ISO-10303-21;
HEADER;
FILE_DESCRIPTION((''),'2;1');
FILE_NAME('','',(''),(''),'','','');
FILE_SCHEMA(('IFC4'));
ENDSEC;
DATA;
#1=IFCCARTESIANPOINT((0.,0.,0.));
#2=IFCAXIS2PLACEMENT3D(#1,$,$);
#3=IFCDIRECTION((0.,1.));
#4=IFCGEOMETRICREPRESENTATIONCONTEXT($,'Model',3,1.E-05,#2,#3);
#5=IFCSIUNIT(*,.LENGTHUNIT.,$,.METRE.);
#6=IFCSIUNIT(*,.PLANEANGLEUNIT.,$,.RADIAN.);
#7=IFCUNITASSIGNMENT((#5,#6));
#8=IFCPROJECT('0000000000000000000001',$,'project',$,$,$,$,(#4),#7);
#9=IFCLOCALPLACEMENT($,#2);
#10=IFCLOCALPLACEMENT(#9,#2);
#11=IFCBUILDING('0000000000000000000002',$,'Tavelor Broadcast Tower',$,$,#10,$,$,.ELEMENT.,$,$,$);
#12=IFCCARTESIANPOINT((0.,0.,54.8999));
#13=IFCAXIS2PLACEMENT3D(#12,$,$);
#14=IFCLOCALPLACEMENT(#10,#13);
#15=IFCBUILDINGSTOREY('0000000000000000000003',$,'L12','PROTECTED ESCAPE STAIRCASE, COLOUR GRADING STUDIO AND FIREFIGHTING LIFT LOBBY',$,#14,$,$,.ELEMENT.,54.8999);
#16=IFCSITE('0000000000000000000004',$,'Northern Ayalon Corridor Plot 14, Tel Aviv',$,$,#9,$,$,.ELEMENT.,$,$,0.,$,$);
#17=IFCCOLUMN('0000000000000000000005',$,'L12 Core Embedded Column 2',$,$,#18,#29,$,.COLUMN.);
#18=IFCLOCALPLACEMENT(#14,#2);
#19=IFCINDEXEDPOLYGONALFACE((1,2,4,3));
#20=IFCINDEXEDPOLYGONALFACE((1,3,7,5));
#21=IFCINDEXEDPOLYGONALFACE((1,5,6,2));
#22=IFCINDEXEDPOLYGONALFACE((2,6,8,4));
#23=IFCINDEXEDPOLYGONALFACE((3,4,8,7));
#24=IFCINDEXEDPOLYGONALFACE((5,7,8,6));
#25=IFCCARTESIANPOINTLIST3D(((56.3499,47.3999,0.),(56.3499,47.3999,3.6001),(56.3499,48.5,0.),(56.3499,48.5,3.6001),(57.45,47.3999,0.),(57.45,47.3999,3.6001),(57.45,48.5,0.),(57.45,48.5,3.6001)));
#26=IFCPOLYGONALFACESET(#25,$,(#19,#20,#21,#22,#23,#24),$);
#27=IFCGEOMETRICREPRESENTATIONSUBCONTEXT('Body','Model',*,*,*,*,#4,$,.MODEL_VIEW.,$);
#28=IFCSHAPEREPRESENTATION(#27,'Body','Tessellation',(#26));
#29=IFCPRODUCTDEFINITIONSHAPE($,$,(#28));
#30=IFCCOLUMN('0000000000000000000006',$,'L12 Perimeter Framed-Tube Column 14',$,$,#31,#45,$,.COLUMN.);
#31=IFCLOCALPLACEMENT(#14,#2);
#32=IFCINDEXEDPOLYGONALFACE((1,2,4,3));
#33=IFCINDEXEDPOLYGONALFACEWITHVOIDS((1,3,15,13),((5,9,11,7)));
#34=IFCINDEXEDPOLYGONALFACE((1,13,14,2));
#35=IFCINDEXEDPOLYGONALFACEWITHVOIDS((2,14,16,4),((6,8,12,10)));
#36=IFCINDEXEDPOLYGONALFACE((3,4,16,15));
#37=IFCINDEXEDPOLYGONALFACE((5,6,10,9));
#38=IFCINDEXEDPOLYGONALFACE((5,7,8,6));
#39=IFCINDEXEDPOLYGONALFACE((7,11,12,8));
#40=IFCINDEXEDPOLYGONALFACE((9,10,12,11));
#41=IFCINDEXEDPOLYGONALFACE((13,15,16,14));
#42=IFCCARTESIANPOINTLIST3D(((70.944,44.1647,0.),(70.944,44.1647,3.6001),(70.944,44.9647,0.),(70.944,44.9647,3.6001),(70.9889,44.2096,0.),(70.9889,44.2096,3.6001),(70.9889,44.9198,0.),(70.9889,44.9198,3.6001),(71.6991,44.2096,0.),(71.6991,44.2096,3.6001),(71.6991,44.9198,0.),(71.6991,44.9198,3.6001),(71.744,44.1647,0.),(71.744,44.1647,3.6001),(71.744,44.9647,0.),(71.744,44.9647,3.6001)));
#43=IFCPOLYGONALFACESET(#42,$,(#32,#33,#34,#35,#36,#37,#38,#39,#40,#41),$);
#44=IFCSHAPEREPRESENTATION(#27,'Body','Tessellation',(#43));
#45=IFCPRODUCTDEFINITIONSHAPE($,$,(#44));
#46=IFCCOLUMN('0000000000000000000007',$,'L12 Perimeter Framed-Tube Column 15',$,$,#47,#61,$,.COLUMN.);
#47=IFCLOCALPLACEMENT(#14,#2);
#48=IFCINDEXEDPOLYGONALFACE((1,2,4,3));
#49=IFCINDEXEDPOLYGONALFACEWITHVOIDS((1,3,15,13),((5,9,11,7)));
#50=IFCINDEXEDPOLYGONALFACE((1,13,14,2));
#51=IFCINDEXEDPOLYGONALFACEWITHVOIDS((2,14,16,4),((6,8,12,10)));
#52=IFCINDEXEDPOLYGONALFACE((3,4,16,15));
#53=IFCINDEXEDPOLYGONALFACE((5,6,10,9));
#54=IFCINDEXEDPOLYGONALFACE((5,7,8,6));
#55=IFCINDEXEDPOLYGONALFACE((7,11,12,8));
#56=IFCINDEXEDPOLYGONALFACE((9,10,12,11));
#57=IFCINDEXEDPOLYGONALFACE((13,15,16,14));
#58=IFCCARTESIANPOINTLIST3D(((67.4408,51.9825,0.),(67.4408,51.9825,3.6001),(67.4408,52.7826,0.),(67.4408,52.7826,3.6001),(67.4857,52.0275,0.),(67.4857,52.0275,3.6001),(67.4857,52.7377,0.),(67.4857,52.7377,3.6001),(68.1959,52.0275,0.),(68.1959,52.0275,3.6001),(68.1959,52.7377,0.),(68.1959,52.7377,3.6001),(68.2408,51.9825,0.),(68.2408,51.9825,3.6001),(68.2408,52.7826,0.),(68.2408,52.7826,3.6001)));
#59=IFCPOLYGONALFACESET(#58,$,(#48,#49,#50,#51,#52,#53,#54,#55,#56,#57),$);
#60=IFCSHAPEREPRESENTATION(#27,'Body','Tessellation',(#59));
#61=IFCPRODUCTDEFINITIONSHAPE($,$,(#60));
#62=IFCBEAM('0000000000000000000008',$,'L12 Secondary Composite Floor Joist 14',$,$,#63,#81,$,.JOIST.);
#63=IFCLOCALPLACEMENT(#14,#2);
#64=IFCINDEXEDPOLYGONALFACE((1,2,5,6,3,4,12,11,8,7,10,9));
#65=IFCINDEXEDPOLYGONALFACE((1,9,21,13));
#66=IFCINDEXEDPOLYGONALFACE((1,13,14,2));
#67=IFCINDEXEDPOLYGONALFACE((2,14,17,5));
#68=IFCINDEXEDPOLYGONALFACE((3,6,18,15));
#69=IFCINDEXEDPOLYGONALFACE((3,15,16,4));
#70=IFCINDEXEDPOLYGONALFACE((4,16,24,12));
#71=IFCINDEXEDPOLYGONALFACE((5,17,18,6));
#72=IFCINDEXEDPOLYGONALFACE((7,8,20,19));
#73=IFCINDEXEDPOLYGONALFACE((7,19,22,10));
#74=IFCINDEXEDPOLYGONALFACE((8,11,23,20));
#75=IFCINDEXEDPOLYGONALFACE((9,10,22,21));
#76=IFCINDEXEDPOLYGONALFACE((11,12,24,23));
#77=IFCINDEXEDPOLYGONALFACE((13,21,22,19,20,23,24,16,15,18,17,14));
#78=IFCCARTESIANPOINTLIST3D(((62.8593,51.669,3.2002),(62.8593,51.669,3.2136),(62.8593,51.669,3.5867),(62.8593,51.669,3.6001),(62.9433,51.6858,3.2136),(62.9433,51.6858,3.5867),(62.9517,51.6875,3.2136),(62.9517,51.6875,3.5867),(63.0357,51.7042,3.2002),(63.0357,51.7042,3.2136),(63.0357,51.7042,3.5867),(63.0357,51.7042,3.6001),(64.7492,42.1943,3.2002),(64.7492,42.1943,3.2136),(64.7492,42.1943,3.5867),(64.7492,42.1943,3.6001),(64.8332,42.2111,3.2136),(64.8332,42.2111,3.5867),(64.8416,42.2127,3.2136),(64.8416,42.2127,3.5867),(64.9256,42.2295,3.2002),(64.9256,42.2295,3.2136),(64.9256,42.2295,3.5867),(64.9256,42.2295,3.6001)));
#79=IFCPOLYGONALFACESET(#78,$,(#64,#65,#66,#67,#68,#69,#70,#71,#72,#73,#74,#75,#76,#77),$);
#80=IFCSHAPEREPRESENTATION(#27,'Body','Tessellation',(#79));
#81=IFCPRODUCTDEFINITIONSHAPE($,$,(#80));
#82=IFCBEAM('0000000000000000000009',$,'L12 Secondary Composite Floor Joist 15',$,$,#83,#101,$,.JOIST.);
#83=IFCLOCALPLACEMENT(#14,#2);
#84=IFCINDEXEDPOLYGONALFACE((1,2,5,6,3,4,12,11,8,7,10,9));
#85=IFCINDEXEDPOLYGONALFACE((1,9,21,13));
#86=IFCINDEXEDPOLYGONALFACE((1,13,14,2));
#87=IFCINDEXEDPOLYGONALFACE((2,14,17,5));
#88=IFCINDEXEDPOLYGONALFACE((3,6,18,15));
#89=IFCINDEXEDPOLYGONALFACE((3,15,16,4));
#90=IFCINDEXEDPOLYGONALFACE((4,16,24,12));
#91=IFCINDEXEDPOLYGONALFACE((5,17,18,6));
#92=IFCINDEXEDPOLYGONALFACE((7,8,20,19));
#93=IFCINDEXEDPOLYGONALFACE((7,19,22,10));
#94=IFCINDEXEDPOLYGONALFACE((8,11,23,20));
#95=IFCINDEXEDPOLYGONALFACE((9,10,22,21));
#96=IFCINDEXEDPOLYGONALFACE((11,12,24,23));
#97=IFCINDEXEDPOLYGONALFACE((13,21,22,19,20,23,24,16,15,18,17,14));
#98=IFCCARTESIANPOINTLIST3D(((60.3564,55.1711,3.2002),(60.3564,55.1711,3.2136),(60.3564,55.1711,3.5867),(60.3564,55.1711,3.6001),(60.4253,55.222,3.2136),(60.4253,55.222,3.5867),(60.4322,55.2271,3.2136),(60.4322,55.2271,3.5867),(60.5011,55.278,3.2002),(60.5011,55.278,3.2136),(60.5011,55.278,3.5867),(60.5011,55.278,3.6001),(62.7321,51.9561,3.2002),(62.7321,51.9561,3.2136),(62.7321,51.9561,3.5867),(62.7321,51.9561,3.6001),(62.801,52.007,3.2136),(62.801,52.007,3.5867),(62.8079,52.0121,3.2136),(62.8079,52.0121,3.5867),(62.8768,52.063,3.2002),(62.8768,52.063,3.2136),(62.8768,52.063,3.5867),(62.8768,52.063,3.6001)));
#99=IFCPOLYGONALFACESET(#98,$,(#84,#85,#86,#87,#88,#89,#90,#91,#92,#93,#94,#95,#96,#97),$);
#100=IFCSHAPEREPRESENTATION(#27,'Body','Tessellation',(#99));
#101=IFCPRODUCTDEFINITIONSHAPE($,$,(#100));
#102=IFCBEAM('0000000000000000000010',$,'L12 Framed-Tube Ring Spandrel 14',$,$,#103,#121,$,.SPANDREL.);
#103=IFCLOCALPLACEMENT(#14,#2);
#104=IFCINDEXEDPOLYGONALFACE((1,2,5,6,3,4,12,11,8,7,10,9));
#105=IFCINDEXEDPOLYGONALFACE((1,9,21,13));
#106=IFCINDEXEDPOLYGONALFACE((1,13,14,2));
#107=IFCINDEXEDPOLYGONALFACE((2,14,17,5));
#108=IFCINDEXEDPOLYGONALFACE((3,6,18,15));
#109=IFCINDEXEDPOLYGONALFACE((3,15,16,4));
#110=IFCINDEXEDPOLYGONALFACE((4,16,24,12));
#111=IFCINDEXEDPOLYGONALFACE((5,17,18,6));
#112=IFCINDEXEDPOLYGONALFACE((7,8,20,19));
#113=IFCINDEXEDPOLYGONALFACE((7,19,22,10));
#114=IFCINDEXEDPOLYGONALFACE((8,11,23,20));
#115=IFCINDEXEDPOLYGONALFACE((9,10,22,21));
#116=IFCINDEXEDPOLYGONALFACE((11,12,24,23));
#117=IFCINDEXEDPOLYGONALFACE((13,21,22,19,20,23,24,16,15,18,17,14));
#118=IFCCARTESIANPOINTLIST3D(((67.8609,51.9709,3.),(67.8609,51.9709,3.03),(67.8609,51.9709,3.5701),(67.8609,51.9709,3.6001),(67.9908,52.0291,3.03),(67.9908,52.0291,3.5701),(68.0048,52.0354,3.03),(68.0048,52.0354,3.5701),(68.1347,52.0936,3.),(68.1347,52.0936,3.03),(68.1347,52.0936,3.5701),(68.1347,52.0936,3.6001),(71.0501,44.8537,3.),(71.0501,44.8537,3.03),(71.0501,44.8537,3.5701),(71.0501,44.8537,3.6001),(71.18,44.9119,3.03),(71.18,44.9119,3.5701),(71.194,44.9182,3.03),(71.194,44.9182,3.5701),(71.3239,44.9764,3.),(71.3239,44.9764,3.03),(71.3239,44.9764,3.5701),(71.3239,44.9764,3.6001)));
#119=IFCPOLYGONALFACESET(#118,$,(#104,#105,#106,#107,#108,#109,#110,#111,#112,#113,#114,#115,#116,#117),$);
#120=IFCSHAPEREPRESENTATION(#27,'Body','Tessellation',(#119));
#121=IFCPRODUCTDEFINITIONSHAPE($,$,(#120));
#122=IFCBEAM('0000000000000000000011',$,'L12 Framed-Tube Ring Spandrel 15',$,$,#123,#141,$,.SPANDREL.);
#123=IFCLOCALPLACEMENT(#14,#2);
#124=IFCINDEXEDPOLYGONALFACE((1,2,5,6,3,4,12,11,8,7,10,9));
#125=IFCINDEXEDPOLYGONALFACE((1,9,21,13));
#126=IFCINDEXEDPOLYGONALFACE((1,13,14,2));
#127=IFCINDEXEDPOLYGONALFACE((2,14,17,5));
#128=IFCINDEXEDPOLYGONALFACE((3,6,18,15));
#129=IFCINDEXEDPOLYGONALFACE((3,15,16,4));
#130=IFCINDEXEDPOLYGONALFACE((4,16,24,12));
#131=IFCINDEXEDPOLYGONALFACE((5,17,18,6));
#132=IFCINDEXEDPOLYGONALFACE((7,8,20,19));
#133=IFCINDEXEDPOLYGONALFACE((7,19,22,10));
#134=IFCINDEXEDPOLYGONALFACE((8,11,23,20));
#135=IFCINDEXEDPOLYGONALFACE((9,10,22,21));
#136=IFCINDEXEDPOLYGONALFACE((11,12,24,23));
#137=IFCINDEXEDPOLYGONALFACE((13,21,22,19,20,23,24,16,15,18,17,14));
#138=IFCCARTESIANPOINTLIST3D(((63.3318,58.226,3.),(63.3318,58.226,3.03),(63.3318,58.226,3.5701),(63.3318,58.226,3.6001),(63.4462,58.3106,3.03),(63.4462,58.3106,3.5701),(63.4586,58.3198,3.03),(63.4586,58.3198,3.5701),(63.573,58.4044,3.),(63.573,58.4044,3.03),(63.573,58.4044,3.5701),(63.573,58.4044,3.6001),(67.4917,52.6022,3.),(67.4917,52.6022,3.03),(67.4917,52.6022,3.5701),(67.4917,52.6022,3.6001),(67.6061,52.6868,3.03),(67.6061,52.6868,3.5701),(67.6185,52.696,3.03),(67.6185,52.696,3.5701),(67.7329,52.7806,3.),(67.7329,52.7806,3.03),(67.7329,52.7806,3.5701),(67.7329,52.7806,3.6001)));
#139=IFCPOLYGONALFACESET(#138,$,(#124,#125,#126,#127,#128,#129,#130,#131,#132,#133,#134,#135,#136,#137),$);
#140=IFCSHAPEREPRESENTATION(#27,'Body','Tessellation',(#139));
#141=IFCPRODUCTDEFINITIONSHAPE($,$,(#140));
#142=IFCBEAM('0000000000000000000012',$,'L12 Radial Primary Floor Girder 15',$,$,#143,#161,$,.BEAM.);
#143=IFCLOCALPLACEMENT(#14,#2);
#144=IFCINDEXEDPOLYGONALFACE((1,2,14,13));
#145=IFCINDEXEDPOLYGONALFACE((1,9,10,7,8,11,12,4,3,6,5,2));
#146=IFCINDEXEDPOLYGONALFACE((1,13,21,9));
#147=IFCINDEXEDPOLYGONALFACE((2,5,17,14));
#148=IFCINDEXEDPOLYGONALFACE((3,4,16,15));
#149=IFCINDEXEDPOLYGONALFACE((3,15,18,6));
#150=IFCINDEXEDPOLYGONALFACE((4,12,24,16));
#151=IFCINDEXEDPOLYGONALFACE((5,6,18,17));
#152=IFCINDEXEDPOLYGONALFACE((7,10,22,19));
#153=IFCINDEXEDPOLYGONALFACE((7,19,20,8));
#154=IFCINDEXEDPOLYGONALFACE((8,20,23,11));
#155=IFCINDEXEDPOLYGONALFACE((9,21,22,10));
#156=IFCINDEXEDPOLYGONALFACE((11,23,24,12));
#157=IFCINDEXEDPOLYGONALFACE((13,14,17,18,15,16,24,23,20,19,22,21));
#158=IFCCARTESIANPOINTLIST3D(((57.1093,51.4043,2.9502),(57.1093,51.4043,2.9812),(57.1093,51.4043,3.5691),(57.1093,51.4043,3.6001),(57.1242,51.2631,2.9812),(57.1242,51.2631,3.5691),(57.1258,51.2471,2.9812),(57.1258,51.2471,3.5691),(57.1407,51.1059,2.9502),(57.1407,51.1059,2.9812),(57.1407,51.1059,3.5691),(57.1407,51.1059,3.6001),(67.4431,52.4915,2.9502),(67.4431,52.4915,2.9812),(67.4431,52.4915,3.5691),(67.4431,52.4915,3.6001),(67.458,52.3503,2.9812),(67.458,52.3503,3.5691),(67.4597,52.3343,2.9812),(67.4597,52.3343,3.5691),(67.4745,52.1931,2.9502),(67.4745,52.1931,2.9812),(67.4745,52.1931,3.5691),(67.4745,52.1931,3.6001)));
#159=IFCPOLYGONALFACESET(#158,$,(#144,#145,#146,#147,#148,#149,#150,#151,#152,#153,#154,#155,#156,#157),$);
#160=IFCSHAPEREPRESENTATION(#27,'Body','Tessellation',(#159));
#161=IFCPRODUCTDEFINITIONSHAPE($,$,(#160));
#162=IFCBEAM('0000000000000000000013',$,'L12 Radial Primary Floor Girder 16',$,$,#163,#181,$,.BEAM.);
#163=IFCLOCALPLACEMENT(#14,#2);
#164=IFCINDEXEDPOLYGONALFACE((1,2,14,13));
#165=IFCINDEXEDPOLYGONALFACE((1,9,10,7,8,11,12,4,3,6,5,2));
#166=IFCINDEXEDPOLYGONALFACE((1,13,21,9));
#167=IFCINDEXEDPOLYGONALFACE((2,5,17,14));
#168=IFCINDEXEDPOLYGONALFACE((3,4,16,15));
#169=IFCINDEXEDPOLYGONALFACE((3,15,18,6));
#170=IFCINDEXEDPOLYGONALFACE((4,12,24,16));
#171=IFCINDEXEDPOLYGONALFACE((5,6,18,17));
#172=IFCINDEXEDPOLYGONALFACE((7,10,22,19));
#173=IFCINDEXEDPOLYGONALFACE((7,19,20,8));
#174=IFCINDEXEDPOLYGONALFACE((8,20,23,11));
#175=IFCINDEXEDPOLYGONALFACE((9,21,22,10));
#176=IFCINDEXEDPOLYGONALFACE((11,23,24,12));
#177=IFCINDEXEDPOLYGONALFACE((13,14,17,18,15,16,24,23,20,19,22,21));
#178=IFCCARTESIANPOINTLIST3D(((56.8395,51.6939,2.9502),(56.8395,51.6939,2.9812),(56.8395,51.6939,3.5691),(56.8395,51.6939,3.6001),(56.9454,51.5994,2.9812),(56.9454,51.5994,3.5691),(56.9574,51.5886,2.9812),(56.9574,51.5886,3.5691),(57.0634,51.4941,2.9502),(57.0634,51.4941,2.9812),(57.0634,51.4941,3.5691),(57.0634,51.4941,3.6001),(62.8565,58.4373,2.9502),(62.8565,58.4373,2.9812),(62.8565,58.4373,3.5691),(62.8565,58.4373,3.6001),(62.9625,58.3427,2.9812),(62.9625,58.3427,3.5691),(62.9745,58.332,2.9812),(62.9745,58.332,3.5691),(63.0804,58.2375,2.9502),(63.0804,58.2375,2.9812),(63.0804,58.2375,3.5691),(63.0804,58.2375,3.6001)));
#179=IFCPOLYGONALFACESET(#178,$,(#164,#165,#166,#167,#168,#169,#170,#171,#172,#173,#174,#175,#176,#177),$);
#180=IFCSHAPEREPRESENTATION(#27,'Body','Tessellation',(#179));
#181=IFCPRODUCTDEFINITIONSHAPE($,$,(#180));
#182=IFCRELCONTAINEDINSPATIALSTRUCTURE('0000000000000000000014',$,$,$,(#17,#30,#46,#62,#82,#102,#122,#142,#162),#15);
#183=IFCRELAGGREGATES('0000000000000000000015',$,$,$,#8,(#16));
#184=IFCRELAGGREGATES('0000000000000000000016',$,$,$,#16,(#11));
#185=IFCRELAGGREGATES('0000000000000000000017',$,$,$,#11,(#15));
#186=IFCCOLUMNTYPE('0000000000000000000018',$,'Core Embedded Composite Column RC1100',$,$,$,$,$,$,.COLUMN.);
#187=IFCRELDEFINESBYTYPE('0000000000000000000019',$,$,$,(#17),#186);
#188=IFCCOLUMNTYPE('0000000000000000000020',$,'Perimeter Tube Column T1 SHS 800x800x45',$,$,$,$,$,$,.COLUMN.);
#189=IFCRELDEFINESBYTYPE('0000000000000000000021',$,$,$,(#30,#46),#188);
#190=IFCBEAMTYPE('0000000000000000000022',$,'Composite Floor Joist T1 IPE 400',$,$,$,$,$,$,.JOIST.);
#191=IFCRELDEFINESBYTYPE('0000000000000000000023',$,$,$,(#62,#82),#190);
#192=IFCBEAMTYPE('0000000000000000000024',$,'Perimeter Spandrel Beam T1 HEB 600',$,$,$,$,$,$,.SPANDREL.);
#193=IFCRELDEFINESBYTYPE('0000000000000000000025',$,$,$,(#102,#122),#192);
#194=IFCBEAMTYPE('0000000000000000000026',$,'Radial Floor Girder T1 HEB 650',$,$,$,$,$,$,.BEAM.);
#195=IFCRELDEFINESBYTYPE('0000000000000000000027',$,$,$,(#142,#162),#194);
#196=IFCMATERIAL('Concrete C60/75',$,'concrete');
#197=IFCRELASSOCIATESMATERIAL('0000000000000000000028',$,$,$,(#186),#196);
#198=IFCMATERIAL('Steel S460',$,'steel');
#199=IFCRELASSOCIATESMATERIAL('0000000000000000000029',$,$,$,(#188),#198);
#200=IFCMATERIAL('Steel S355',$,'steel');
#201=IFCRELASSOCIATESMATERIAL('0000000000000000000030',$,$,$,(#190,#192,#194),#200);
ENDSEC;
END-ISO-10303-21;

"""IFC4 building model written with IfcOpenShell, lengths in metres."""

from ifc_helpers import new_model, si_unit, direction, frame, origin, origin_2d, place, context, subcontext, project, spatial, rectangle, hollow_rectangle, i_section, extrude, material, material_profile, profile_set, type_object, element, save


model = new_model("IFC4")

# Units and contexts
model_context = context("Model", 3, precision=1e-05, world=origin(), true_north=direction((0.0, 1.0)))
body_context = subcontext(model_context, "Body", "Model", "MODEL_VIEW")
ifc_project = project(units=[si_unit("LENGTHUNIT", "METRE"), si_unit("PLANEANGLEUNIT", "RADIAN")], contexts=[model_context])

# Site, building, storey
site_placement = place(None, origin())
site = spatial("IfcSite", under=ifc_project, at=site_placement, Name="Northern Ayalon Corridor Plot 14, Tel Aviv", CompositionType="ELEMENT", RefElevation=0.0)
building_placement = place(site_placement, origin())
building = spatial("IfcBuilding", under=site, at=building_placement, Name="Tavelor Broadcast Tower", CompositionType="ELEMENT")
storey_placement = place(building_placement, frame((0.0, 0.0, 54.8999)))
storey = spatial("IfcBuildingStorey", under=building, at=storey_placement, Name="L12", Description="PROTECTED ESCAPE STAIRCASE, COLOUR GRADING STUDIO AND FIREFIGHTING LIFT LOBBY", CompositionType="ELEMENT", Elevation=54.8999)

# Columns
ifc_material_1 = material(Name="Concrete C60/75", Category="concrete")
ifc_material_profile_1 = material_profile(ifc_material_1, rectangle(XDim=1.1001, YDim=1.1001, at=origin_2d()), Name="RC 1100x1100")
ifc_profile_set_1 = profile_set([ifc_material_profile_1], Name="Concrete C60/75")
column_type_1 = type_object("IfcColumnType", Name="Core Embedded Composite Column RC1100", PredefinedType="COLUMN", material=ifc_profile_set_1)
column_placement = place(storey_placement, frame((56.8999, 47.95, 0.0), z_axis=(0.0, 0.0, 1.0), x_axis=(1.0, 0.0, 0.0)))
element("IfcColumn", 1, at=column_placement, inside=storey, type_object=column_type_1, Name="L12 Core Embedded Column 2", PredefinedType="COLUMN", context=body_context, shape_type="SweptSolid", body=[
    extrude(rectangle(XDim=1.1001, YDim=1.1001, at=origin_2d()), origin(), (0.0, 0.0, 1.0), 3.6001),
])
ifc_material_2 = material(Name="Steel S460", Category="steel")
ifc_material_profile_2 = material_profile(ifc_material_2, hollow_rectangle(XDim=0.8, YDim=0.8, WallThickness=0.0449, at=origin_2d()), Name="SHS 800x800x45")
ifc_profile_set_2 = profile_set([ifc_material_profile_2], Name="Steel S460")
column_type_2 = type_object("IfcColumnType", Name="Perimeter Tube Column T1 SHS 800x800x45", PredefinedType="COLUMN", material=ifc_profile_set_2)
for number, where, z_axis, x_axis, name in (
    (2, (71.344, 44.5647, 0.0), (0.0, 0.0, 1.0), (1.0, 0.0, 0.0), "L12 Perimeter Framed-Tube Column 14"),
    (3, (67.8408, 52.3826, 0.0), (0.0, 0.0, 1.0), (1.0, 0.0, 0.0), "L12 Perimeter Framed-Tube Column 15"),
):
    element("IfcColumn", number, at=place(storey_placement, frame(where, z_axis=z_axis, x_axis=x_axis)), inside=storey, type_object=column_type_2, Name=name, PredefinedType="COLUMN", context=body_context, shape_type="SweptSolid", body=[
        extrude(hollow_rectangle(XDim=0.8, YDim=0.8, WallThickness=0.0449, at=origin_2d()), origin(), (0.0, 0.0, 1.0), 3.6001),
    ])

# Beams
ifc_material_3 = material(Name="Steel S355", Category="steel")
ifc_material_profile_3 = material_profile(ifc_material_3, i_section(OverallWidth=0.1799, OverallDepth=0.3999, WebThickness=0.0085, FlangeThickness=0.0134, at=origin_2d()), Name="IPE 400")
ifc_profile_set_3 = profile_set([ifc_material_profile_3], Name="Steel S355")
beam_type_1 = type_object("IfcBeamType", Name="Composite Floor Joist T1 IPE 400", PredefinedType="JOIST", material=ifc_profile_set_3)
beam_1_placement = place(storey_placement, frame((64.8374, 42.2119, 3.4001), z_axis=(-0.195616, 0.980681, 0.0), x_axis=(-0.980681, -0.195616, 0.0)))
element("IfcBeam", 4, at=beam_1_placement, inside=storey, type_object=beam_type_1, Name="L12 Secondary Composite Floor Joist 14", PredefinedType="JOIST", context=body_context, shape_type="SweptSolid", body=[
    extrude(i_section(OverallWidth=0.1799, OverallDepth=0.3999, WebThickness=0.0085, FlangeThickness=0.0134, at=origin_2d()), origin(), (0.0, 0.0, 1.0), 9.6614),
])
beam_2_placement = place(storey_placement, frame((62.8044, 52.0095, 3.4001), z_axis=(-0.594288, 0.804252, 0.0), x_axis=(-0.804252, -0.594288, 0.0)))
element("IfcBeam", 5, at=beam_2_placement, inside=storey, type_object=beam_type_1, Name="L12 Secondary Composite Floor Joist 15", PredefinedType="JOIST", context=body_context, shape_type="SweptSolid", body=[
    extrude(i_section(OverallWidth=0.1799, OverallDepth=0.3999, WebThickness=0.0085, FlangeThickness=0.0134, at=origin_2d()), origin(), (0.0, 0.0, 1.0), 3.9976),
])
ifc_material_profile_4 = material_profile(ifc_material_3, i_section(OverallWidth=0.3, OverallDepth=0.6001, WebThickness=0.0154, FlangeThickness=0.03, at=origin_2d()), Name="HEB 600")
ifc_profile_set_4 = profile_set([ifc_material_profile_4], Name="Steel S355")
beam_type_2 = type_object("IfcBeamType", Name="Perimeter Spandrel Beam T1 HEB 600", PredefinedType="SPANDREL", material=ifc_profile_set_4)
beam_3_placement = place(storey_placement, frame((71.187, 44.915, 3.3), z_axis=(-0.408922, 0.912569, 0.0), x_axis=(-0.912569, -0.408922, 0.0)))
element("IfcBeam", 6, at=beam_3_placement, inside=storey, type_object=beam_type_2, Name="L12 Framed-Tube Ring Spandrel 14", PredefinedType="SPANDREL", context=body_context, shape_type="SweptSolid", body=[
    extrude(i_section(OverallWidth=0.3, OverallDepth=0.6001, WebThickness=0.0154, FlangeThickness=0.03, at=origin_2d()), origin(), (0.0, 0.0, 1.0), 7.7991),
])
beam_4_placement = place(storey_placement, frame((67.6123, 52.6914, 3.3), z_axis=(-0.594687, 0.803957, 0.0), x_axis=(-0.803957, -0.594687, 0.0)))
element("IfcBeam", 7, at=beam_4_placement, inside=storey, type_object=beam_type_2, Name="L12 Framed-Tube Ring Spandrel 15", PredefinedType="SPANDREL", context=body_context, shape_type="SweptSolid", body=[
    extrude(i_section(OverallWidth=0.3, OverallDepth=0.6001, WebThickness=0.0154, FlangeThickness=0.03, at=origin_2d()), origin(), (0.0, 0.0, 1.0), 6.9951),
])
ifc_material_profile_5 = material_profile(ifc_material_3, i_section(OverallWidth=0.3, OverallDepth=0.6499, WebThickness=0.0161, FlangeThickness=0.031, at=origin_2d()), Name="HEB 650")
ifc_profile_set_5 = profile_set([ifc_material_profile_5], Name="Steel S355")
beam_type_3 = type_object("IfcBeamType", Name="Radial Floor Girder T1 HEB 650", PredefinedType="BEAM", material=ifc_profile_set_5)
beam_5_placement = place(storey_placement, frame((57.125, 51.2551, 3.2751), z_axis=(0.994512, 0.104627, 0.0), x_axis=(-0.104627, 0.994512, 0.0)))
element("IfcBeam", 8, at=beam_5_placement, inside=storey, type_object=beam_type_3, Name="L12 Radial Primary Floor Girder 15", PredefinedType="BEAM", context=body_context, shape_type="SweptSolid", body=[
    extrude(i_section(OverallWidth=0.3, OverallDepth=0.6499, WebThickness=0.0161, FlangeThickness=0.031, at=origin_2d()), origin(), (0.0, 0.0, 1.0), 10.3909),
])
beam_6_placement = place(storey_placement, frame((56.9514, 51.594, 3.2751), z_axis=(0.665781, 0.746147, 0.0), x_axis=(-0.746147, 0.665781, 0.0)))
element("IfcBeam", 9, at=beam_6_placement, inside=storey, type_object=beam_type_3, Name="L12 Radial Primary Floor Girder 16", PredefinedType="BEAM", context=body_context, shape_type="SweptSolid", body=[
    extrude(i_section(OverallWidth=0.3, OverallDepth=0.6499, WebThickness=0.0161, FlangeThickness=0.031, at=origin_2d()), origin(), (0.0, 0.0, 1.0), 9.0376),
])

save(model, "model.ifc")
